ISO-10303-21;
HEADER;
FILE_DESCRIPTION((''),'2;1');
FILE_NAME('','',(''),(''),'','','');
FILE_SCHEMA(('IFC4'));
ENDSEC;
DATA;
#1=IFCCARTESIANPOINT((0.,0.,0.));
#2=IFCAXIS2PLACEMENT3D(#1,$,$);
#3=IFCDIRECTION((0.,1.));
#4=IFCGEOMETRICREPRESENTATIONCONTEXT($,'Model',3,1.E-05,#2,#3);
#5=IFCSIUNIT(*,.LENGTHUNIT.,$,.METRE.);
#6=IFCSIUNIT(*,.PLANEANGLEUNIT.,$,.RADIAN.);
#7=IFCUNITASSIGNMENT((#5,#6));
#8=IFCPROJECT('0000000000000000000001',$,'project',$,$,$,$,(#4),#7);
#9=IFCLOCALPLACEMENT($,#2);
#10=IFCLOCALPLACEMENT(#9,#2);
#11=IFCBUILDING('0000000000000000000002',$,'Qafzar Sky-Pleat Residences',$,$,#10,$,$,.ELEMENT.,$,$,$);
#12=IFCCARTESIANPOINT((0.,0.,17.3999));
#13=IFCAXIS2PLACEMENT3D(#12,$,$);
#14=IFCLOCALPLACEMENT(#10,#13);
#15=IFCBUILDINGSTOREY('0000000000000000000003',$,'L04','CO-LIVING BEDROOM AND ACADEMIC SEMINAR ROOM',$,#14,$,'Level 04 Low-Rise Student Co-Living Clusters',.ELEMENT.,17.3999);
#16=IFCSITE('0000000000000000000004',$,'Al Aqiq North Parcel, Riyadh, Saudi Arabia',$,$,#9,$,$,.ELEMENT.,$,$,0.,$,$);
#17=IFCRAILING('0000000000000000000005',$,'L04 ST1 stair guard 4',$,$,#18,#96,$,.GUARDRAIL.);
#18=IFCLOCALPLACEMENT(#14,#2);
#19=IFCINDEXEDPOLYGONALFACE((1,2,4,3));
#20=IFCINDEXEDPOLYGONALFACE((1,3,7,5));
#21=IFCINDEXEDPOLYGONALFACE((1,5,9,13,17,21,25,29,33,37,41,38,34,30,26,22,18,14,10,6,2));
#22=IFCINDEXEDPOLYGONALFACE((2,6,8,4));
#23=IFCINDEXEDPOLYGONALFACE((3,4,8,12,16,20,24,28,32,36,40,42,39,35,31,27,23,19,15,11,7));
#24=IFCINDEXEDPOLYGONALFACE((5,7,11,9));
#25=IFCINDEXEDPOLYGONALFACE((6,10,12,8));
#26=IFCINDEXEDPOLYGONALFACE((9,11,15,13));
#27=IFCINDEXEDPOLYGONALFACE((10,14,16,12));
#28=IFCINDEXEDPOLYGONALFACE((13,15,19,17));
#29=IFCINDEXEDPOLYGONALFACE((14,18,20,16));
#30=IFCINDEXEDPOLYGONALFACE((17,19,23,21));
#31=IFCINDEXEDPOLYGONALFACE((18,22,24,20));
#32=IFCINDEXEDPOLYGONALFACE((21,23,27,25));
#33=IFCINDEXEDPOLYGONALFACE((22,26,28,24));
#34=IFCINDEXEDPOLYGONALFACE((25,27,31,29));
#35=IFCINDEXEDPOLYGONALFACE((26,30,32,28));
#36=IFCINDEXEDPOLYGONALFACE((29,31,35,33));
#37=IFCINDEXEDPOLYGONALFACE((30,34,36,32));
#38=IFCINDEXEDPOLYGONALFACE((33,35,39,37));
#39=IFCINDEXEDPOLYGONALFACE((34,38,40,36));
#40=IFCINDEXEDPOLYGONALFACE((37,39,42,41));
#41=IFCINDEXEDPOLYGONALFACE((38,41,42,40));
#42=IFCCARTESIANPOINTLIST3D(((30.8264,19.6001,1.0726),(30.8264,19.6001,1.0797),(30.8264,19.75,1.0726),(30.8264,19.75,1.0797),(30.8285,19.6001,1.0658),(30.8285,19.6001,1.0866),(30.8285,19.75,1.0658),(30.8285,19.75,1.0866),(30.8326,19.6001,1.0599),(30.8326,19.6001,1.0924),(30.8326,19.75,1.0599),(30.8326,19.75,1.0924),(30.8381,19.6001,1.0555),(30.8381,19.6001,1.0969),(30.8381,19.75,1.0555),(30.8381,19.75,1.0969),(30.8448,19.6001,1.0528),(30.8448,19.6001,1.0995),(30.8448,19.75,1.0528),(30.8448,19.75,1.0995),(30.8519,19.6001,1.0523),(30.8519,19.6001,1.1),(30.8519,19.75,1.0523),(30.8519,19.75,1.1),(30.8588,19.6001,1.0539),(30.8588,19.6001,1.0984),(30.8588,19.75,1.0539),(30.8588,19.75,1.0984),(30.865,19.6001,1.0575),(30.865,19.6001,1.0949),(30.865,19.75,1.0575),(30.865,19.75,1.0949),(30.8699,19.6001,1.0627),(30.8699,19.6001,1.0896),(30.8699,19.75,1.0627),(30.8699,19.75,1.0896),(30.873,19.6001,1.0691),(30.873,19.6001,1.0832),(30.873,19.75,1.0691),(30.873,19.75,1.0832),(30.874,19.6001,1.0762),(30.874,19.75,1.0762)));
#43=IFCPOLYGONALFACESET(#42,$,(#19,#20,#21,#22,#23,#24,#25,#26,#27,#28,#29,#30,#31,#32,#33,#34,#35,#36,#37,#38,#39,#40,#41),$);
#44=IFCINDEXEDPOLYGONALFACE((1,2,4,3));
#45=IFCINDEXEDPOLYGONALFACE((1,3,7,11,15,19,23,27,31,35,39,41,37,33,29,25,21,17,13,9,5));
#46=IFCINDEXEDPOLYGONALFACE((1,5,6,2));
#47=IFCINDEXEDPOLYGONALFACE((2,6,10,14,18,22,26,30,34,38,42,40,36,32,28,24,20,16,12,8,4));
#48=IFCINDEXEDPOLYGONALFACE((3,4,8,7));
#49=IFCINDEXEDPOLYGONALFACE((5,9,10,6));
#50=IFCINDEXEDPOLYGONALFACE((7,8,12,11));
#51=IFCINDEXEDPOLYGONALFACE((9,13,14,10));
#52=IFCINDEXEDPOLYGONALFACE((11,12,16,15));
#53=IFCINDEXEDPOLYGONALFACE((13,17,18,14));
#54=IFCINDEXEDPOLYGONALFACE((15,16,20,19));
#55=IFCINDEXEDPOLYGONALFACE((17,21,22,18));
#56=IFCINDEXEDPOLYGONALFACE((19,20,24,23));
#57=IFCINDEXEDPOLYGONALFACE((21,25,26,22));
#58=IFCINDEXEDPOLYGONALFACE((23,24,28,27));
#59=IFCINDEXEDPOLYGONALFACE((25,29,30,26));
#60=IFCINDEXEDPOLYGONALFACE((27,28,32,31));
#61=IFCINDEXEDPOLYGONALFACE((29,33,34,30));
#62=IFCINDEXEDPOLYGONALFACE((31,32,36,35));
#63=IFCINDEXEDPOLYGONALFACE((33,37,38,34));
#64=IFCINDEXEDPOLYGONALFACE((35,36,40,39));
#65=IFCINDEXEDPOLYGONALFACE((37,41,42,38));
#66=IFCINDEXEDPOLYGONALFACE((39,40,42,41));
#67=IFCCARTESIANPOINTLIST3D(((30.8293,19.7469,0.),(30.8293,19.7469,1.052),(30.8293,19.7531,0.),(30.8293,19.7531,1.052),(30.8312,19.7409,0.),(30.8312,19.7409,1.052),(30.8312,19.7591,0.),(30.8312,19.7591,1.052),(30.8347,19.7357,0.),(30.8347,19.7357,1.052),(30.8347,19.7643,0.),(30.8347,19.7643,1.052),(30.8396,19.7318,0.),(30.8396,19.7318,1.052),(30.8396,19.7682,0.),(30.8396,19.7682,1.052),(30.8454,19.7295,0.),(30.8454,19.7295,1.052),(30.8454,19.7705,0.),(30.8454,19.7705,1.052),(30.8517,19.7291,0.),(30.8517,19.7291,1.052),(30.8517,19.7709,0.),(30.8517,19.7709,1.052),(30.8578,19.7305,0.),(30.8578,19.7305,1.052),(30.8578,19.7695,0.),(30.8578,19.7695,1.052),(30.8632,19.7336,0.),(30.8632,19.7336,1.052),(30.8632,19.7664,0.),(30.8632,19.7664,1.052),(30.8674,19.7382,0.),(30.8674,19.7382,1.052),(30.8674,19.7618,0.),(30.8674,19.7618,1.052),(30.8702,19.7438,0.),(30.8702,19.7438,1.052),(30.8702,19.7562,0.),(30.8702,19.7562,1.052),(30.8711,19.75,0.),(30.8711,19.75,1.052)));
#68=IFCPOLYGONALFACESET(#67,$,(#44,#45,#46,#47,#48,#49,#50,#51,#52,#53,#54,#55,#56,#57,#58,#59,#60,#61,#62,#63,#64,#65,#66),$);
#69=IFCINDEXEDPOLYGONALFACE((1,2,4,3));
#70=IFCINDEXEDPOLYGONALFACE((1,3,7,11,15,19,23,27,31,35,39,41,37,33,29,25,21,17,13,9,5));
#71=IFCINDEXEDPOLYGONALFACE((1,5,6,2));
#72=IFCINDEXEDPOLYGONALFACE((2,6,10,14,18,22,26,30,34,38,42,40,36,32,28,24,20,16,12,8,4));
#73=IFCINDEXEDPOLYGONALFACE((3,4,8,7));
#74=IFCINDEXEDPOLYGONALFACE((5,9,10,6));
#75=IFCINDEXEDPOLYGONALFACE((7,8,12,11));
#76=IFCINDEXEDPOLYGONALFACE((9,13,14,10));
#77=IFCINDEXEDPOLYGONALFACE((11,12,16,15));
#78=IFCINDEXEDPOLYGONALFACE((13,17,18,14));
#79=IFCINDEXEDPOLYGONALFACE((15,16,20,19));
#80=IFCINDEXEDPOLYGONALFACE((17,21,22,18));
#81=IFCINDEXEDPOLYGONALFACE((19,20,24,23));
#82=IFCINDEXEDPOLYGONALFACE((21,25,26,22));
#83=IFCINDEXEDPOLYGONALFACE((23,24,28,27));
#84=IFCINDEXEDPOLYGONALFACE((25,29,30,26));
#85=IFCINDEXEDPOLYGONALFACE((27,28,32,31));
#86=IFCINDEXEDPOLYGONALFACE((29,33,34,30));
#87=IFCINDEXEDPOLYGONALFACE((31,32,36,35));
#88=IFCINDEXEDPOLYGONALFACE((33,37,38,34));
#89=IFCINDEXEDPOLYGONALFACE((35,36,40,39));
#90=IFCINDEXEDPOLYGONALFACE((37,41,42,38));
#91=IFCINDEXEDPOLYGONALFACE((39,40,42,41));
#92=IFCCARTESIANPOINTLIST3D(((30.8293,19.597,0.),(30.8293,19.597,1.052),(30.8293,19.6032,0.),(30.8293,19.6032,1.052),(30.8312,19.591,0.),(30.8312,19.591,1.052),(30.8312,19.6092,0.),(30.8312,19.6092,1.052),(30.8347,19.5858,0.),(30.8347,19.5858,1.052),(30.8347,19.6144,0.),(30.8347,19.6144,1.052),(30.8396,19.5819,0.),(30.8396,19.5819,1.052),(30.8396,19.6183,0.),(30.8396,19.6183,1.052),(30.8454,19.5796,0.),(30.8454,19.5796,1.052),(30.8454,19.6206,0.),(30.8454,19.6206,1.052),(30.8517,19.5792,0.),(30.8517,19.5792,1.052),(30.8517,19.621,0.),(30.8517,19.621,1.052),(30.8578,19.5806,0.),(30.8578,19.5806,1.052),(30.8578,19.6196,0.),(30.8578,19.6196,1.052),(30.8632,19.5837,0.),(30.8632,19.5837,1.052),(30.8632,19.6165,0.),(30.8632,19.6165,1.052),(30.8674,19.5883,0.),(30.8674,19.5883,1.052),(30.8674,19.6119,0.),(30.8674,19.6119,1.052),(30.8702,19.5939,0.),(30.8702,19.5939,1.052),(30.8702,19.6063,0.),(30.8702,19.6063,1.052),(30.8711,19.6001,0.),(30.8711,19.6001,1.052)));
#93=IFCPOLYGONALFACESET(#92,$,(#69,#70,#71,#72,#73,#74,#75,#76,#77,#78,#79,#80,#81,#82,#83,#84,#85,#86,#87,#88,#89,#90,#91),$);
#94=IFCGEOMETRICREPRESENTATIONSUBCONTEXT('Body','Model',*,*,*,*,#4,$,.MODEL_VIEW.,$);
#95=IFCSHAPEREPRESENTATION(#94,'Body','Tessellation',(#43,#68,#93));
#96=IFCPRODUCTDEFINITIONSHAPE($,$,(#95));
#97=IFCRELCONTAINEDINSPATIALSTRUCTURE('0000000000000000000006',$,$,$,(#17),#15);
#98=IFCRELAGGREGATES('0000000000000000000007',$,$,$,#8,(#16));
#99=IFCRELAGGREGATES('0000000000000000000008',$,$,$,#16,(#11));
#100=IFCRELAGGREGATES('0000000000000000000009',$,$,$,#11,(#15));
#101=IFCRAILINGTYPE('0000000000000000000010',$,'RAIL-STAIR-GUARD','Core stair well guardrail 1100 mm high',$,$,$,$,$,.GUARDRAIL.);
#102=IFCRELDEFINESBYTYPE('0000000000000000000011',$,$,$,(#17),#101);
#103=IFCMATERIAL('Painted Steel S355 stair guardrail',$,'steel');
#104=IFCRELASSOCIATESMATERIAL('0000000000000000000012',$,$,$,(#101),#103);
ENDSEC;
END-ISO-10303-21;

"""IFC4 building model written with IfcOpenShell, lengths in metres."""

from ifc_helpers import new_model, si_unit, direction, frame, origin, origin_2d, place, context, subcontext, project, spatial, circle, extrude, source, transform, mapped, material, type_object, element, save


model = new_model("IFC4")

# Units and contexts
model_context = context("Model", 3, precision=1e-05, world=origin(), true_north=direction((0.0, 1.0)))
body_context = subcontext(model_context, "Body", "Model", "MODEL_VIEW")
ifc_project = project(units=[si_unit("LENGTHUNIT", "METRE"), si_unit("PLANEANGLEUNIT", "RADIAN")], contexts=[model_context])

# Site, building, storey
site_placement = place(None, origin())
site = spatial("IfcSite", under=ifc_project, at=site_placement, Name="Al Aqiq North Parcel, Riyadh, Saudi Arabia", CompositionType="ELEMENT", RefElevation=0.0)
building_placement = place(site_placement, origin())
building = spatial("IfcBuilding", under=site, at=building_placement, Name="Qafzar Sky-Pleat Residences", CompositionType="ELEMENT")
storey_placement = place(building_placement, frame((0.0, 0.0, 17.3999)))
storey = spatial("IfcBuildingStorey", under=building, at=storey_placement, Name="L04", Description="CO-LIVING BEDROOM AND ACADEMIC SEMINAR ROOM", LongName="Level 04 Low-Rise Student Co-Living Clusters", CompositionType="ELEMENT", Elevation=17.3999)

# Railing
ifc_material_1 = material(Name="Painted Steel S355 stair guardrail", Category="steel")
railing_type_1 = type_object("IfcRailingType", Name="RAIL-STAIR-GUARD", Description="Core stair well guardrail 1100 mm high", PredefinedType="GUARDRAIL", material=ifc_material_1)
shared_shape_1 = source(origin(), body_context, "Body", "SweptSolid", [
    extrude(circle(Radius=0.0239, at=origin_2d()), frame((0.0, 0.0, 1.0762), z_axis=(0.0, -1.0, 0.0), x_axis=(1.0, 0.0, 0.0)), (0.0, 0.0, 1.0), 0.1499),
    extrude(circle(Radius=0.021, at=origin_2d()), origin(), (0.0, 0.0, 1.0), 1.052),
    extrude(circle(Radius=0.021, at=origin_2d()), frame((0.0, -0.1499, 0.0)), (0.0, 0.0, 1.0), 1.052),
])
railing_1_placement = place(storey_placement, frame((30.8501, 19.75, 0.0)))
element("IfcRailing", 1, at=railing_1_placement, inside=storey, type_object=railing_type_1, Name="L04 ST1 stair guard 4", PredefinedType="GUARDRAIL", context=body_context, shape_type="MappedRepresentation", body=[
    mapped(shared_shape_1, transform((0.0, 0.0, 0.0), x_axis=(1.0, 0.0, 0.0), y_axis=(0.0, 1.0, 0.0), z_axis=(0.0, 0.0, 1.0), scale=1.0)),
])

save(model, "model.ifc")
